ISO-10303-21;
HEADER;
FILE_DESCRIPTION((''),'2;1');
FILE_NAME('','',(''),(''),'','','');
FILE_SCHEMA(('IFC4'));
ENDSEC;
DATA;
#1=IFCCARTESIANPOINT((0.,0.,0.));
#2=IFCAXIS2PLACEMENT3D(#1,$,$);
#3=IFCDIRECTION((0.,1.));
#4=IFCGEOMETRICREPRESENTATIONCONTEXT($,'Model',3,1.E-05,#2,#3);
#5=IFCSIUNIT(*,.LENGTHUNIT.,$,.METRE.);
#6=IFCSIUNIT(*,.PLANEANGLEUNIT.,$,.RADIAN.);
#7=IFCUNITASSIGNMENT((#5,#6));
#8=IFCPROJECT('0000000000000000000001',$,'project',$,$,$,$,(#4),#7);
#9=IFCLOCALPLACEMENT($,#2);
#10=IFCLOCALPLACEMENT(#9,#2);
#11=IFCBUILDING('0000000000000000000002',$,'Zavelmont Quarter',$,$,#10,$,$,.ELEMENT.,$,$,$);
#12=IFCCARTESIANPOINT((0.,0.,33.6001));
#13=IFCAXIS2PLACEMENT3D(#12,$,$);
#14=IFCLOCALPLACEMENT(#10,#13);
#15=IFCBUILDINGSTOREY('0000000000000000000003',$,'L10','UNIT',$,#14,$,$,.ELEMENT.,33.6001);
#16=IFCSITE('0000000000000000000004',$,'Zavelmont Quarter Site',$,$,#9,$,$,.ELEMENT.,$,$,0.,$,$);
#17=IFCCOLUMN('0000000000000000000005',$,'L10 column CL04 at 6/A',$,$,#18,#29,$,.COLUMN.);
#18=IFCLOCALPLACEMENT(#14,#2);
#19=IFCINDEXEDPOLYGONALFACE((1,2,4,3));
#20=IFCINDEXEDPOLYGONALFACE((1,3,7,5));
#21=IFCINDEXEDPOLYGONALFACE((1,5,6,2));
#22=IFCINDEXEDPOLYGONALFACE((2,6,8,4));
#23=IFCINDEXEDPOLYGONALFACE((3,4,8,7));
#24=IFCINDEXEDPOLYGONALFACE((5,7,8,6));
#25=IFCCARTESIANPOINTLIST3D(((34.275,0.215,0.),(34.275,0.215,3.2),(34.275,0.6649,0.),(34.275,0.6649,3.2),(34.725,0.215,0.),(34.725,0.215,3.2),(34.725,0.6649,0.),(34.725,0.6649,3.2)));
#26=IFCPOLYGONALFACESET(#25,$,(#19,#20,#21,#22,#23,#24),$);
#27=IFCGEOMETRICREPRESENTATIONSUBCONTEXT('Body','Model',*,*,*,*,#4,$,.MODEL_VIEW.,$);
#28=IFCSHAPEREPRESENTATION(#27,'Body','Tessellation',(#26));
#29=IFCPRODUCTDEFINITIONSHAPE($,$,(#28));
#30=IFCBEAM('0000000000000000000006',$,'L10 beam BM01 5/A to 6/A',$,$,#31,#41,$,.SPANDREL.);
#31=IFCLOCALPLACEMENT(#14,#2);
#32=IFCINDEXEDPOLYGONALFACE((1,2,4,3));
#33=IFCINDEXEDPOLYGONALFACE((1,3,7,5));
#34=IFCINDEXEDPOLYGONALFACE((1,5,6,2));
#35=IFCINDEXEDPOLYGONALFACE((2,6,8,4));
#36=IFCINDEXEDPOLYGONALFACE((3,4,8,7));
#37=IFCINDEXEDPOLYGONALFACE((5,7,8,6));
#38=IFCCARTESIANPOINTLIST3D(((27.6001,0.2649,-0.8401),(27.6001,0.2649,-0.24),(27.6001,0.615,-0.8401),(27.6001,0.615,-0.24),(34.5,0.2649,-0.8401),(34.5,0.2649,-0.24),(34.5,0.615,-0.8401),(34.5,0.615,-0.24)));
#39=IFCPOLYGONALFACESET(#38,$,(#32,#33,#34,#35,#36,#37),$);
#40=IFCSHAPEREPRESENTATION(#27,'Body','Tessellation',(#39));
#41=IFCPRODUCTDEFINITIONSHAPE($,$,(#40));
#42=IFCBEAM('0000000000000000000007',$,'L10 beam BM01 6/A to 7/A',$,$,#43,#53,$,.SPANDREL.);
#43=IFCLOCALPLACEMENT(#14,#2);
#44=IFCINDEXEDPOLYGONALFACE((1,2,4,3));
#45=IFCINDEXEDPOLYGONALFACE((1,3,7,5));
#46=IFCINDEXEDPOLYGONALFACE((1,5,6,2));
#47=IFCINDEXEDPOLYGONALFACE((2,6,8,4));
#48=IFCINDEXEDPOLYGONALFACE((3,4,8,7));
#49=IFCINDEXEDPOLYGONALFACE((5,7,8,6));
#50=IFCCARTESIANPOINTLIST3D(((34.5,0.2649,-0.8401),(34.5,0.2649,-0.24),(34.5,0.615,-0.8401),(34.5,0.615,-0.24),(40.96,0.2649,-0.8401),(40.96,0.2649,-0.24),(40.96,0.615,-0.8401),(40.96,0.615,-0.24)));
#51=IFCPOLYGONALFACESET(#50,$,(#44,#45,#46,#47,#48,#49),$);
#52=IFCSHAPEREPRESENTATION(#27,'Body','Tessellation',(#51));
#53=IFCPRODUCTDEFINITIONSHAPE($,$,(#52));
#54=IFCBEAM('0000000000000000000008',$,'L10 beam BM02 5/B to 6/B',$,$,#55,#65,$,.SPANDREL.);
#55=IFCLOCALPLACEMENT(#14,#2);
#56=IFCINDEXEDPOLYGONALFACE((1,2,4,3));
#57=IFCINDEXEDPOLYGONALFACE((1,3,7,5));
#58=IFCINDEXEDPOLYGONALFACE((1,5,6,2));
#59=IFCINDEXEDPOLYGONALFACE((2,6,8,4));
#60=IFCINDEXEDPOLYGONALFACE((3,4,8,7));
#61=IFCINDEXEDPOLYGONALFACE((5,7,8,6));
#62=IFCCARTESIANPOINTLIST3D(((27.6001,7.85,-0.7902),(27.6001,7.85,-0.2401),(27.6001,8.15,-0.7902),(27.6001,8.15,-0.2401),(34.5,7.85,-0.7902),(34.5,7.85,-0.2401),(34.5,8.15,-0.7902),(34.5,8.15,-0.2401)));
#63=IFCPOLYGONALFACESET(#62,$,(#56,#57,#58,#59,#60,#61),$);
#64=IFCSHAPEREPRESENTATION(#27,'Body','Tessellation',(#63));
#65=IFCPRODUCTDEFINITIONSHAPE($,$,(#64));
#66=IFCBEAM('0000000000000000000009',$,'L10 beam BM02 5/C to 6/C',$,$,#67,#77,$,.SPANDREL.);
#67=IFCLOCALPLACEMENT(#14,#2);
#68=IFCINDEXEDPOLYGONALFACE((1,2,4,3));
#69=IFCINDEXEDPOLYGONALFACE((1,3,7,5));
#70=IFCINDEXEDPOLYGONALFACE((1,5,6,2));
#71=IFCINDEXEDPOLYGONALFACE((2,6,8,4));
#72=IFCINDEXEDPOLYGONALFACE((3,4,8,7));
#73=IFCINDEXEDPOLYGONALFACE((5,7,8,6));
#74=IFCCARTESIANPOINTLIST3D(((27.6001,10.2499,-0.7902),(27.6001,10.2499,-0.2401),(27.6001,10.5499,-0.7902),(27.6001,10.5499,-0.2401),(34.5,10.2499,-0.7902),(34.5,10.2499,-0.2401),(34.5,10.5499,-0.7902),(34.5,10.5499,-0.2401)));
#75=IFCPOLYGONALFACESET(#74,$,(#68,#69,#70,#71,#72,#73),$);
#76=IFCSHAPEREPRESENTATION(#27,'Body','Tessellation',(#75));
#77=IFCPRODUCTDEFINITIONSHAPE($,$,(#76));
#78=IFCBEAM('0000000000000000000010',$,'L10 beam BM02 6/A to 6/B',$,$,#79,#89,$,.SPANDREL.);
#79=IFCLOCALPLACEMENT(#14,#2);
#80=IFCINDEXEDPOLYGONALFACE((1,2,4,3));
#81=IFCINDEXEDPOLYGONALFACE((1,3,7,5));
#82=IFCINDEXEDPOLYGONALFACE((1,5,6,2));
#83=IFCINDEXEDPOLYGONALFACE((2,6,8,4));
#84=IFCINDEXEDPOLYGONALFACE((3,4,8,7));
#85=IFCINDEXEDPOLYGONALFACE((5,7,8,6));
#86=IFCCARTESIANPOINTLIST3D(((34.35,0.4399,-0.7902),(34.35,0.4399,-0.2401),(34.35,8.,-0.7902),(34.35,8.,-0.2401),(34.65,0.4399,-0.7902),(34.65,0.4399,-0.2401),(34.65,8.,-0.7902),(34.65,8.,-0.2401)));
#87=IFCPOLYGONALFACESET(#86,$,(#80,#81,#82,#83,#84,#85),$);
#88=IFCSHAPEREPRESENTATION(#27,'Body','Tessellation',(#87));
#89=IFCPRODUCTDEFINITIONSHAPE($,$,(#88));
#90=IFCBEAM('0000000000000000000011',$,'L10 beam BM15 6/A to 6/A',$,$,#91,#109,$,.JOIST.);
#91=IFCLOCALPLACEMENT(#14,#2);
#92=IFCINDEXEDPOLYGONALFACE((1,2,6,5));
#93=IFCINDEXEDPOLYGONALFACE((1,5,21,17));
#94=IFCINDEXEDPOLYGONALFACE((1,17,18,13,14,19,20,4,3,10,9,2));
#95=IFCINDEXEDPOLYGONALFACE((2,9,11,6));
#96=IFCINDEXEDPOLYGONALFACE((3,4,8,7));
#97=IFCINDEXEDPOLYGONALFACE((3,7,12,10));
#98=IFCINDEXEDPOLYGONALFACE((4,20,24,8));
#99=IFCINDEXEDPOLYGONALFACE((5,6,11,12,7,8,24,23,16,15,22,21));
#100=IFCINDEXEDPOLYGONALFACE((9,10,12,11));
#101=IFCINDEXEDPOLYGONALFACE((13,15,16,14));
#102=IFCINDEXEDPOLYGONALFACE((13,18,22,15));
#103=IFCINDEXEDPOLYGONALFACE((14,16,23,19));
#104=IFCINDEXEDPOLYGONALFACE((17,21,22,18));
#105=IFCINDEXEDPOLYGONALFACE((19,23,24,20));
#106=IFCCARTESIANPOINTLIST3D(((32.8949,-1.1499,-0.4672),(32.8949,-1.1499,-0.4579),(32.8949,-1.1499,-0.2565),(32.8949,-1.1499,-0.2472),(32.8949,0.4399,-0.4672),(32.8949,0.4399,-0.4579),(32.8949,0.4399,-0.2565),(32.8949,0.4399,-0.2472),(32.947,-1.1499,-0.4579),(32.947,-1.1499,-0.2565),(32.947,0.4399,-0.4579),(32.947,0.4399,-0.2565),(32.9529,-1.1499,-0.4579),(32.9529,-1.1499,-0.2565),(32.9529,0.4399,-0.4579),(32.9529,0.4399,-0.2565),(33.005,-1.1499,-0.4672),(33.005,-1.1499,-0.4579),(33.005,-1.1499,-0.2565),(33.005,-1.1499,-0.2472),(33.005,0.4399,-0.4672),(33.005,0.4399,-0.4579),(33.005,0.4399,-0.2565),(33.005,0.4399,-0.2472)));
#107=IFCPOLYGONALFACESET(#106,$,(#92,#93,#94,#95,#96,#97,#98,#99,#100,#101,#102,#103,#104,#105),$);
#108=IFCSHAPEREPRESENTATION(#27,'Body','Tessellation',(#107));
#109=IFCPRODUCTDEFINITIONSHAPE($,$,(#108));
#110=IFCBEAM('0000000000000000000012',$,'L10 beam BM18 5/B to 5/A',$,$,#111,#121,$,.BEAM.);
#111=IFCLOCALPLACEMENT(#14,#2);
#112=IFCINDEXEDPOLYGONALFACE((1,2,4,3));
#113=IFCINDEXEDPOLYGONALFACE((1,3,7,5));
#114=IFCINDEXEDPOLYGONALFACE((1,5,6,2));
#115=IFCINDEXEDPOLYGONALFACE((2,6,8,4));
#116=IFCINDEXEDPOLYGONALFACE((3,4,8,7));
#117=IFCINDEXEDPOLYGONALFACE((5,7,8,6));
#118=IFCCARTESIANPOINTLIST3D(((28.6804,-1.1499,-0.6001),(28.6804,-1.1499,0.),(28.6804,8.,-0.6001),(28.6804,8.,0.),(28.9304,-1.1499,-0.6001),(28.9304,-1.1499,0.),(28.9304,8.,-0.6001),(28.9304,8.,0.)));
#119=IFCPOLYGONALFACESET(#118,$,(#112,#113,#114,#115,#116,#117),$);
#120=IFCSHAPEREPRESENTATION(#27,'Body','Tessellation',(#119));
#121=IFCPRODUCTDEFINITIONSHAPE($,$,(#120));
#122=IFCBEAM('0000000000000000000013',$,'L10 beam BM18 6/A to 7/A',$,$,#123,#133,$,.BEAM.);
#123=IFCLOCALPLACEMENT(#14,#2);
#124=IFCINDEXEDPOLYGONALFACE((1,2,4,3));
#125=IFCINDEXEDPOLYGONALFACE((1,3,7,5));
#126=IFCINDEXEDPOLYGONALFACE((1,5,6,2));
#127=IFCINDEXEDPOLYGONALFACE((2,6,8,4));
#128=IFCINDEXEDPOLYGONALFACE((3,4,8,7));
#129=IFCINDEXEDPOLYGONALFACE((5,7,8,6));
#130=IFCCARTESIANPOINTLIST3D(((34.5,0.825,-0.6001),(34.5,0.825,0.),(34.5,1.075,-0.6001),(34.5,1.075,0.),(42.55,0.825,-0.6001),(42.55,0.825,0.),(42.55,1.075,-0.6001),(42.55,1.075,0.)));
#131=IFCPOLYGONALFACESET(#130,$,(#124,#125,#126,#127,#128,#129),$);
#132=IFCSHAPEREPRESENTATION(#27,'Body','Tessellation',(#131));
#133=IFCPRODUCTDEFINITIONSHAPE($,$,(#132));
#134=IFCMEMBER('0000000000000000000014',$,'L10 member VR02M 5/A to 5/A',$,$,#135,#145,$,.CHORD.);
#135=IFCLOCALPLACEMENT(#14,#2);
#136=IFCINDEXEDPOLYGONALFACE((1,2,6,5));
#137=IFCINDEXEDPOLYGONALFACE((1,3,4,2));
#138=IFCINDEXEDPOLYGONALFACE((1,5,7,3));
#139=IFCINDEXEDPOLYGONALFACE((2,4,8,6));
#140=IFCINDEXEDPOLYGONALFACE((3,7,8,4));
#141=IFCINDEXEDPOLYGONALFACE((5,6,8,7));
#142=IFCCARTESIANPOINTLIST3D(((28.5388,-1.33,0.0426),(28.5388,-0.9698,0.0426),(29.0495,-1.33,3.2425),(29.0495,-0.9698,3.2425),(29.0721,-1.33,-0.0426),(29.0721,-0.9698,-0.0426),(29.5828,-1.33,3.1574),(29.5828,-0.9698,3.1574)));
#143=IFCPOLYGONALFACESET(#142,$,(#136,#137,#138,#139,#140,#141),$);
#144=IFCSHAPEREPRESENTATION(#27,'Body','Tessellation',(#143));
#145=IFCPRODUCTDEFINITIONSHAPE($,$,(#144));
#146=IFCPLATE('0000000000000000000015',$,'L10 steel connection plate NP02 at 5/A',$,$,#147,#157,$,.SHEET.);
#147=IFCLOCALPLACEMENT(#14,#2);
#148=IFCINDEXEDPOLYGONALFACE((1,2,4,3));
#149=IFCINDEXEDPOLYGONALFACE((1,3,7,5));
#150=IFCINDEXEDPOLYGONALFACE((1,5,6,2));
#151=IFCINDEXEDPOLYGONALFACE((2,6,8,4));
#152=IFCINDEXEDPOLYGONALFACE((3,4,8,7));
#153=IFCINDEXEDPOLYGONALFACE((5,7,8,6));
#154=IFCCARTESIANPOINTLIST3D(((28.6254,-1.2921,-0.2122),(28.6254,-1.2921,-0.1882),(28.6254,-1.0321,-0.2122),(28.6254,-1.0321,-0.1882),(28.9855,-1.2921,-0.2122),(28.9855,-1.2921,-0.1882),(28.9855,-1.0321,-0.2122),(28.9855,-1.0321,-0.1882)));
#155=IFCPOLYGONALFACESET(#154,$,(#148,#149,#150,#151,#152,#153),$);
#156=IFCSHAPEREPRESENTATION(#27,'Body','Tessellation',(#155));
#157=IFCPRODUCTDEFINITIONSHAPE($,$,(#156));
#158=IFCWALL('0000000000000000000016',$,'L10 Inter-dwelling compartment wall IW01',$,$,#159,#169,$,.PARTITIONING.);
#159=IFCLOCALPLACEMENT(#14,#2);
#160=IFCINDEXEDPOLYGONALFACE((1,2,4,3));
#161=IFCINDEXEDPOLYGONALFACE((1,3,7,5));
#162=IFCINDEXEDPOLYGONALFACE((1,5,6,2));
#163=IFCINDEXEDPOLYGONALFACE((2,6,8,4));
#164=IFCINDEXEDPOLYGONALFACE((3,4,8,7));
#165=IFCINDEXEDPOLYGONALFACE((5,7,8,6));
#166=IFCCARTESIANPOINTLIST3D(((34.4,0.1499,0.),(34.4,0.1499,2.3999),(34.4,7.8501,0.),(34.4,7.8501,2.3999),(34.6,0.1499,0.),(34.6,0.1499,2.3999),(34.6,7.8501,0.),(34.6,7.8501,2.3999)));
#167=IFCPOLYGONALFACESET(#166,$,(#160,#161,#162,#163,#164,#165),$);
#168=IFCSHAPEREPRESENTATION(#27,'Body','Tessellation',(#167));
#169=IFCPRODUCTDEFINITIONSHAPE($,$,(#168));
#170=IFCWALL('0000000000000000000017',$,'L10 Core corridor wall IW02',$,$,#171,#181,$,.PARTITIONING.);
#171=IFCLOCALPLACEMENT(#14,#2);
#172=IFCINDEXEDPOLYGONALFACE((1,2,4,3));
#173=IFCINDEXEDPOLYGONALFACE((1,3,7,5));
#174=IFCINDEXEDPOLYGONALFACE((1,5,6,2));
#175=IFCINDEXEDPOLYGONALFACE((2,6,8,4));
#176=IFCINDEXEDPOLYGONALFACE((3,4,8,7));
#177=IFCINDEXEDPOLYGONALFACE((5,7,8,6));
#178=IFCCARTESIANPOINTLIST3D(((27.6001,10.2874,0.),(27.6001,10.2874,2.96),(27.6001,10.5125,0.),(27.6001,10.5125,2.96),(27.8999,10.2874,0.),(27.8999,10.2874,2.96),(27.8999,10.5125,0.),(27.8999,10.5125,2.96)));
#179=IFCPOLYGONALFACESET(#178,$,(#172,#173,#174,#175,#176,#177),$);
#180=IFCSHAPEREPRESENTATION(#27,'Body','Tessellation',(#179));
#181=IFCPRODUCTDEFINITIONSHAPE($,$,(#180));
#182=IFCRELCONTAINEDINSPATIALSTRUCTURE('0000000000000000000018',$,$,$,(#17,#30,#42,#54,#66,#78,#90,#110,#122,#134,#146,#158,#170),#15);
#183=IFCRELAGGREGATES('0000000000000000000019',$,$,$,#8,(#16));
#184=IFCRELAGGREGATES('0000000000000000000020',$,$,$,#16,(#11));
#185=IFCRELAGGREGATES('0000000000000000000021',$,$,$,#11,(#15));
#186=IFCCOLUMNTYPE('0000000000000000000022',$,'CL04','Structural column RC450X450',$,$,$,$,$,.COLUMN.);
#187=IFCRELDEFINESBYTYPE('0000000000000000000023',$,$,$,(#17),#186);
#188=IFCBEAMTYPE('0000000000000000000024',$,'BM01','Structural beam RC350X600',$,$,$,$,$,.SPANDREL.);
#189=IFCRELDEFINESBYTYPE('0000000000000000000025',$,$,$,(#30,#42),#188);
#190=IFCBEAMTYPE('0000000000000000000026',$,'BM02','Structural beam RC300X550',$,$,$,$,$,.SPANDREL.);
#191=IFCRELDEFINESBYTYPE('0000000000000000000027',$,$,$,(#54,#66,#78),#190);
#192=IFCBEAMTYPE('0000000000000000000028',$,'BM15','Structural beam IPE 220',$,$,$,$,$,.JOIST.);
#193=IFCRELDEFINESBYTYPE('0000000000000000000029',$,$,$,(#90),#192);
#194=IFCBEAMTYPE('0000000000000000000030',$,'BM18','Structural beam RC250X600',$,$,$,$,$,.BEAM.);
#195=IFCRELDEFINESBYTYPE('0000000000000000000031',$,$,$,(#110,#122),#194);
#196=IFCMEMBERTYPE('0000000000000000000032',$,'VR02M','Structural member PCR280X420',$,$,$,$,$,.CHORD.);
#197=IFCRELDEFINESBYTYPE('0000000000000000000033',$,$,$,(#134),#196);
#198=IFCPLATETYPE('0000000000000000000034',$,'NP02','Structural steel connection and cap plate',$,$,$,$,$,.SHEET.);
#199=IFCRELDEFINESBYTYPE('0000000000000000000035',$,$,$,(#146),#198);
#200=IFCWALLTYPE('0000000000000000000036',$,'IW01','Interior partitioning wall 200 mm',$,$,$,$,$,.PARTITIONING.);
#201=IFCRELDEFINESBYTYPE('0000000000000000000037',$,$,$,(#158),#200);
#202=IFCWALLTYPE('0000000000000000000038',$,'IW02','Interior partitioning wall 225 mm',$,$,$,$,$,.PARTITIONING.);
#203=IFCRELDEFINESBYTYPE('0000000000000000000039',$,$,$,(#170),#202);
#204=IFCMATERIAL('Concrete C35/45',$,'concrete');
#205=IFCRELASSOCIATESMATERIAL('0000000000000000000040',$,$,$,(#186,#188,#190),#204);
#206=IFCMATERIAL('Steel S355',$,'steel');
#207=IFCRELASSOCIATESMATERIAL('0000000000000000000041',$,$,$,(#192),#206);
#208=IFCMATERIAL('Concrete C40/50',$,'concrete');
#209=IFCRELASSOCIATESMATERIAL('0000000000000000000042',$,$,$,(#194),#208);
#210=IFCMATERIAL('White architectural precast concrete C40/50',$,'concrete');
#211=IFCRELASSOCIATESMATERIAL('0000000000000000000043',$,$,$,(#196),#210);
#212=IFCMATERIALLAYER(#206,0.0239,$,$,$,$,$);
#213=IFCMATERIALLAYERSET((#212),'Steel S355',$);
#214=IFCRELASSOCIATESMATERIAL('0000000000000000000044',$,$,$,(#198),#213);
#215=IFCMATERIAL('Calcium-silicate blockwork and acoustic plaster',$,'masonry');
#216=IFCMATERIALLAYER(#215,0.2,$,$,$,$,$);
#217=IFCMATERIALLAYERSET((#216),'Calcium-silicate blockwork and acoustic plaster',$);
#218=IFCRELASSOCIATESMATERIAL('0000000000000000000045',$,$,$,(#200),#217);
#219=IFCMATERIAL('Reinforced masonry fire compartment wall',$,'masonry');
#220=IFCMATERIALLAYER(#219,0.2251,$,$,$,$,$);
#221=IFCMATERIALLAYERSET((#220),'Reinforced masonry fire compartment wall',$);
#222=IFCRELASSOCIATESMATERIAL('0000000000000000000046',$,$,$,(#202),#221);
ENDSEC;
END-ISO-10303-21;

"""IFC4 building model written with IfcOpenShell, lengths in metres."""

from ifc_helpers import new_model, si_unit, direction, frame, frame_2d, origin, origin_2d, place, context, subcontext, project, spatial, rectangle, i_section, extrude, material, layer, layer_set, material_profile, profile_set, type_object, element, save


model = new_model("IFC4")

# Units and contexts
model_context = context("Model", 3, precision=1e-05, world=origin(), true_north=direction((0.0, 1.0)))
body_context = subcontext(model_context, "Body", "Model", "MODEL_VIEW")
ifc_project = project(units=[si_unit("LENGTHUNIT", "METRE"), si_unit("PLANEANGLEUNIT", "RADIAN")], contexts=[model_context])

# Site, building, storey
site_placement = place(None, origin())
site = spatial("IfcSite", under=ifc_project, at=site_placement, Name="Zavelmont Quarter Site", CompositionType="ELEMENT", RefElevation=0.0)
building_placement = place(site_placement, origin())
building = spatial("IfcBuilding", under=site, at=building_placement, Name="Zavelmont Quarter", CompositionType="ELEMENT")
storey_placement = place(building_placement, frame((0.0, 0.0, 33.6001)))
storey = spatial("IfcBuildingStorey", under=building, at=storey_placement, Name="L10", Description="UNIT", CompositionType="ELEMENT", Elevation=33.6001)

# Column
ifc_material_1 = material(Name="Concrete C35/45", Category="concrete")
ifc_material_profile_1 = material_profile(ifc_material_1, rectangle(XDim=0.45, YDim=0.45, at=origin_2d()), Name="RC450X450")
ifc_profile_set_1 = profile_set([ifc_material_profile_1], Name="Concrete C35/45")
column_type = type_object("IfcColumnType", Name="CL04", Description="Structural column RC450X450", PredefinedType="COLUMN", material=ifc_profile_set_1)
column_placement = place(storey_placement, frame((34.5, 0.4399, 0.0), z_axis=(0.0, 0.0, 1.0), x_axis=(1.0, 0.0, 0.0)))
element("IfcColumn", 1, at=column_placement, inside=storey, type_object=column_type, Name="L10 column CL04 at 6/A", PredefinedType="COLUMN", context=body_context, shape_type="SweptSolid", body=[
    extrude(rectangle(XDim=0.45, YDim=0.45, at=origin_2d()), origin(), (0.0, 0.0, 1.0), 3.2),
])

# Beams
ifc_material_profile_2 = material_profile(ifc_material_1, rectangle(XDim=0.3501, YDim=0.6001, at=origin_2d()), Name="RC350X600")
ifc_profile_set_2 = profile_set([ifc_material_profile_2], Name="Concrete C35/45")
beam_type_1 = type_object("IfcBeamType", Name="BM01", Description="Structural beam RC350X600", PredefinedType="SPANDREL", material=ifc_profile_set_2)
beam_1_placement = place(storey_placement, frame((27.6001, 0.4399, -0.54), z_axis=(1.0, 0.0, 0.0), x_axis=(0.0, 1.0, 0.0)))
element("IfcBeam", 2, at=beam_1_placement, inside=storey, type_object=beam_type_1, Name="L10 beam BM01 5/A to 6/A", PredefinedType="SPANDREL", context=body_context, shape_type="SweptSolid", body=[
    extrude(rectangle(XDim=0.3501, YDim=0.6001, at=origin_2d()), origin(), (0.0, 0.0, 1.0), 6.8999),
])
beam_2_placement = place(storey_placement, frame((34.5, 0.4399, -0.54), z_axis=(1.0, 0.0, 0.0), x_axis=(0.0, 1.0, 0.0)))
element("IfcBeam", 3, at=beam_2_placement, inside=storey, type_object=beam_type_1, Name="L10 beam BM01 6/A to 7/A", PredefinedType="SPANDREL", context=body_context, shape_type="SweptSolid", body=[
    extrude(rectangle(XDim=0.3501, YDim=0.6001, at=origin_2d()), origin(), (0.0, 0.0, 1.0), 6.46),
])
ifc_material_profile_3 = material_profile(ifc_material_1, rectangle(XDim=0.3, YDim=0.55, at=origin_2d()), Name="RC300X550")
ifc_profile_set_3 = profile_set([ifc_material_profile_3], Name="Concrete C35/45")
beam_type_2 = type_object("IfcBeamType", Name="BM02", Description="Structural beam RC300X550", PredefinedType="SPANDREL", material=ifc_profile_set_3)
for number, where, z_axis, x_axis, name in (
    (4, (27.6001, 8.0, -0.5151), (1.0, 0.0, 0.0), (0.0, 1.0, 0.0), "L10 beam BM02 5/B to 6/B"),
    (5, (27.6001, 10.3999, -0.5151), (1.0, 0.0, 0.0), (0.0, 1.0, 0.0), "L10 beam BM02 5/C to 6/C"),
):
    element("IfcBeam", number, at=place(storey_placement, frame(where, z_axis=z_axis, x_axis=x_axis)), inside=storey, type_object=beam_type_2, Name=name, PredefinedType="SPANDREL", context=body_context, shape_type="SweptSolid", body=[
        extrude(rectangle(XDim=0.3, YDim=0.55, at=origin_2d()), origin(), (0.0, 0.0, 1.0), 6.8999),
    ])
beam_3_placement = place(storey_placement, frame((34.5, 0.4399, -0.5151), z_axis=(0.0, 1.0, 0.0), x_axis=(-1.0, 0.0, 0.0)))
element("IfcBeam", 6, at=beam_3_placement, inside=storey, type_object=beam_type_2, Name="L10 beam BM02 6/A to 6/B", PredefinedType="SPANDREL", context=body_context, shape_type="SweptSolid", body=[
    extrude(rectangle(XDim=0.3, YDim=0.55, at=origin_2d()), origin(), (0.0, 0.0, 1.0), 7.5601),
])
ifc_material_2 = material(Name="Steel S355", Category="steel")
ifc_material_profile_4 = material_profile(ifc_material_2, i_section(OverallWidth=0.1101, OverallDepth=0.22, WebThickness=0.0059, FlangeThickness=0.0093, at=origin_2d()), Name="IPE 220")
ifc_profile_set_4 = profile_set([ifc_material_profile_4], Name="Steel S355")
beam_type_3 = type_object("IfcBeamType", Name="BM15", Description="Structural beam IPE 220", PredefinedType="JOIST", material=ifc_profile_set_4)
beam_4_placement = place(storey_placement, frame((32.95, 0.4399, -0.3572), z_axis=(0.0, -1.0, 0.0), x_axis=(1.0, 0.0, 0.0)))
element("IfcBeam", 7, at=beam_4_placement, inside=storey, type_object=beam_type_3, Name="L10 beam BM15 6/A to 6/A", PredefinedType="JOIST", context=body_context, shape_type="SweptSolid", body=[
    extrude(i_section(OverallWidth=0.1101, OverallDepth=0.22, WebThickness=0.0059, FlangeThickness=0.0093, at=origin_2d()), origin(), (0.0, 0.0, 1.0), 1.5898),
])
ifc_material_3 = material(Name="Concrete C40/50", Category="concrete")
ifc_material_profile_5 = material_profile(ifc_material_3, rectangle(XDim=0.25, YDim=0.6001, at=origin_2d()), Name="RC250X600")
ifc_profile_set_5 = profile_set([ifc_material_profile_5], Name="Concrete C40/50")
beam_type_4 = type_object("IfcBeamType", Name="BM18", Description="Structural beam RC250X600", PredefinedType="BEAM", material=ifc_profile_set_5)
beam_5_placement = place(storey_placement, frame((28.8054, 8.0, -0.3), z_axis=(0.0, -1.0, 0.0), x_axis=(1.0, 0.0, 0.0)))
element("IfcBeam", 8, at=beam_5_placement, inside=storey, type_object=beam_type_4, Name="L10 beam BM18 5/B to 5/A", PredefinedType="BEAM", context=body_context, shape_type="SweptSolid", body=[
    extrude(rectangle(XDim=0.25, YDim=0.6001, at=origin_2d()), origin(), (0.0, 0.0, 1.0), 9.1499),
])
beam_6_placement = place(storey_placement, frame((34.5, 0.95, -0.3), z_axis=(1.0, 0.0, 0.0), x_axis=(0.0, 1.0, 0.0)))
element("IfcBeam", 9, at=beam_6_placement, inside=storey, type_object=beam_type_4, Name="L10 beam BM18 6/A to 7/A", PredefinedType="BEAM", context=body_context, shape_type="SweptSolid", body=[
    extrude(rectangle(XDim=0.25, YDim=0.6001, at=origin_2d()), origin(), (0.0, 0.0, 1.0), 8.05),
])

# Member
ifc_material_4 = material(Name="White architectural precast concrete C40/50", Category="concrete")
ifc_material_profile_6 = material_profile(ifc_material_4, rectangle(XDim=0.3601, YDim=0.54, at=origin_2d()), Name="PCR280X420")
ifc_profile_set_6 = profile_set([ifc_material_profile_6], Name="White architectural precast concrete C40/50")
member_type = type_object("IfcMemberType", Name="VR02M", Description="Structural member PCR280X420", PredefinedType="CHORD", material=ifc_profile_set_6)
member_placement = place(storey_placement, frame((28.8054, -1.1499, 0.0), z_axis=(0.157614, 0.0, 0.987501), x_axis=(0.0, 1.0, 0.0)))
element("IfcMember", 10, at=member_placement, inside=storey, type_object=member_type, Name="L10 member VR02M 5/A to 5/A", PredefinedType="CHORD", context=body_context, shape_type="SweptSolid", body=[
    extrude(rectangle(XDim=0.3601, YDim=0.54, at=origin_2d()), origin(), (0.0, 0.0, 1.0), 3.2405),
])

# Plate
ifc_layer_1 = layer(ifc_material_2, 0.0239)
ifc_layer_set_1 = layer_set([ifc_layer_1], Name="Steel S355")
plate_type = type_object("IfcPlateType", Name="NP02", Description="Structural steel connection and cap plate", PredefinedType="SHEET", material=ifc_layer_set_1)
plate_placement = place(storey_placement, frame((28.8054, -1.1621, -0.2122), z_axis=(0.0, 0.0, 1.0), x_axis=(1.0, 0.0, 0.0)))
element("IfcPlate", 11, at=plate_placement, inside=storey, type_object=plate_type, Name="L10 steel connection plate NP02 at 5/A", PredefinedType="SHEET", context=body_context, shape_type="SweptSolid", body=[
    extrude(rectangle(XDim=0.3601, YDim=0.26, at=origin_2d()), origin(), (0.0, 0.0, 1.0), 0.0239),
])

# Walls
ifc_material_5 = material(Name="Calcium-silicate blockwork and acoustic plaster", Category="masonry")
ifc_layer_2 = layer(ifc_material_5, 0.2)
ifc_layer_set_2 = layer_set([ifc_layer_2], Name="Calcium-silicate blockwork and acoustic plaster")
wall_type_1 = type_object("IfcWallType", Name="IW01", Description="Interior partitioning wall 200 mm", PredefinedType="PARTITIONING", material=ifc_layer_set_2)
wall_1_placement = place(storey_placement, frame((34.5, 7.8501, 0.0), z_axis=(0.0, 0.0, 1.0), x_axis=(0.0, -1.0, 0.0)))
element("IfcWall", 12, at=wall_1_placement, inside=storey, type_object=wall_type_1, Name="L10 Inter-dwelling compartment wall IW01", PredefinedType="PARTITIONING", context=body_context, shape_type="SweptSolid", body=[
    extrude(rectangle(XDim=7.7002, YDim=0.2, at=frame_2d((3.8501, 0.0))), origin(), (0.0, 0.0, 1.0), 2.3999),
])
ifc_material_6 = material(Name="Reinforced masonry fire compartment wall", Category="masonry")
ifc_layer_3 = layer(ifc_material_6, 0.2251)
ifc_layer_set_3 = layer_set([ifc_layer_3], Name="Reinforced masonry fire compartment wall")
wall_type_2 = type_object("IfcWallType", Name="IW02", Description="Interior partitioning wall 225 mm", PredefinedType="PARTITIONING", material=ifc_layer_set_3)
wall_2_placement = place(storey_placement, frame((27.6001, 10.3999, 0.0), z_axis=(0.0, 0.0, 1.0), x_axis=(1.0, 0.0, 0.0)))
element("IfcWall", 13, at=wall_2_placement, inside=storey, type_object=wall_type_2, Name="L10 Core corridor wall IW02", PredefinedType="PARTITIONING", context=body_context, shape_type="SweptSolid", body=[
    extrude(rectangle(XDim=0.2998, YDim=0.2251, at=frame_2d((0.1499, 0.0))), origin(), (0.0, 0.0, 1.0), 2.96),
])

save(model, "model.ifc")
